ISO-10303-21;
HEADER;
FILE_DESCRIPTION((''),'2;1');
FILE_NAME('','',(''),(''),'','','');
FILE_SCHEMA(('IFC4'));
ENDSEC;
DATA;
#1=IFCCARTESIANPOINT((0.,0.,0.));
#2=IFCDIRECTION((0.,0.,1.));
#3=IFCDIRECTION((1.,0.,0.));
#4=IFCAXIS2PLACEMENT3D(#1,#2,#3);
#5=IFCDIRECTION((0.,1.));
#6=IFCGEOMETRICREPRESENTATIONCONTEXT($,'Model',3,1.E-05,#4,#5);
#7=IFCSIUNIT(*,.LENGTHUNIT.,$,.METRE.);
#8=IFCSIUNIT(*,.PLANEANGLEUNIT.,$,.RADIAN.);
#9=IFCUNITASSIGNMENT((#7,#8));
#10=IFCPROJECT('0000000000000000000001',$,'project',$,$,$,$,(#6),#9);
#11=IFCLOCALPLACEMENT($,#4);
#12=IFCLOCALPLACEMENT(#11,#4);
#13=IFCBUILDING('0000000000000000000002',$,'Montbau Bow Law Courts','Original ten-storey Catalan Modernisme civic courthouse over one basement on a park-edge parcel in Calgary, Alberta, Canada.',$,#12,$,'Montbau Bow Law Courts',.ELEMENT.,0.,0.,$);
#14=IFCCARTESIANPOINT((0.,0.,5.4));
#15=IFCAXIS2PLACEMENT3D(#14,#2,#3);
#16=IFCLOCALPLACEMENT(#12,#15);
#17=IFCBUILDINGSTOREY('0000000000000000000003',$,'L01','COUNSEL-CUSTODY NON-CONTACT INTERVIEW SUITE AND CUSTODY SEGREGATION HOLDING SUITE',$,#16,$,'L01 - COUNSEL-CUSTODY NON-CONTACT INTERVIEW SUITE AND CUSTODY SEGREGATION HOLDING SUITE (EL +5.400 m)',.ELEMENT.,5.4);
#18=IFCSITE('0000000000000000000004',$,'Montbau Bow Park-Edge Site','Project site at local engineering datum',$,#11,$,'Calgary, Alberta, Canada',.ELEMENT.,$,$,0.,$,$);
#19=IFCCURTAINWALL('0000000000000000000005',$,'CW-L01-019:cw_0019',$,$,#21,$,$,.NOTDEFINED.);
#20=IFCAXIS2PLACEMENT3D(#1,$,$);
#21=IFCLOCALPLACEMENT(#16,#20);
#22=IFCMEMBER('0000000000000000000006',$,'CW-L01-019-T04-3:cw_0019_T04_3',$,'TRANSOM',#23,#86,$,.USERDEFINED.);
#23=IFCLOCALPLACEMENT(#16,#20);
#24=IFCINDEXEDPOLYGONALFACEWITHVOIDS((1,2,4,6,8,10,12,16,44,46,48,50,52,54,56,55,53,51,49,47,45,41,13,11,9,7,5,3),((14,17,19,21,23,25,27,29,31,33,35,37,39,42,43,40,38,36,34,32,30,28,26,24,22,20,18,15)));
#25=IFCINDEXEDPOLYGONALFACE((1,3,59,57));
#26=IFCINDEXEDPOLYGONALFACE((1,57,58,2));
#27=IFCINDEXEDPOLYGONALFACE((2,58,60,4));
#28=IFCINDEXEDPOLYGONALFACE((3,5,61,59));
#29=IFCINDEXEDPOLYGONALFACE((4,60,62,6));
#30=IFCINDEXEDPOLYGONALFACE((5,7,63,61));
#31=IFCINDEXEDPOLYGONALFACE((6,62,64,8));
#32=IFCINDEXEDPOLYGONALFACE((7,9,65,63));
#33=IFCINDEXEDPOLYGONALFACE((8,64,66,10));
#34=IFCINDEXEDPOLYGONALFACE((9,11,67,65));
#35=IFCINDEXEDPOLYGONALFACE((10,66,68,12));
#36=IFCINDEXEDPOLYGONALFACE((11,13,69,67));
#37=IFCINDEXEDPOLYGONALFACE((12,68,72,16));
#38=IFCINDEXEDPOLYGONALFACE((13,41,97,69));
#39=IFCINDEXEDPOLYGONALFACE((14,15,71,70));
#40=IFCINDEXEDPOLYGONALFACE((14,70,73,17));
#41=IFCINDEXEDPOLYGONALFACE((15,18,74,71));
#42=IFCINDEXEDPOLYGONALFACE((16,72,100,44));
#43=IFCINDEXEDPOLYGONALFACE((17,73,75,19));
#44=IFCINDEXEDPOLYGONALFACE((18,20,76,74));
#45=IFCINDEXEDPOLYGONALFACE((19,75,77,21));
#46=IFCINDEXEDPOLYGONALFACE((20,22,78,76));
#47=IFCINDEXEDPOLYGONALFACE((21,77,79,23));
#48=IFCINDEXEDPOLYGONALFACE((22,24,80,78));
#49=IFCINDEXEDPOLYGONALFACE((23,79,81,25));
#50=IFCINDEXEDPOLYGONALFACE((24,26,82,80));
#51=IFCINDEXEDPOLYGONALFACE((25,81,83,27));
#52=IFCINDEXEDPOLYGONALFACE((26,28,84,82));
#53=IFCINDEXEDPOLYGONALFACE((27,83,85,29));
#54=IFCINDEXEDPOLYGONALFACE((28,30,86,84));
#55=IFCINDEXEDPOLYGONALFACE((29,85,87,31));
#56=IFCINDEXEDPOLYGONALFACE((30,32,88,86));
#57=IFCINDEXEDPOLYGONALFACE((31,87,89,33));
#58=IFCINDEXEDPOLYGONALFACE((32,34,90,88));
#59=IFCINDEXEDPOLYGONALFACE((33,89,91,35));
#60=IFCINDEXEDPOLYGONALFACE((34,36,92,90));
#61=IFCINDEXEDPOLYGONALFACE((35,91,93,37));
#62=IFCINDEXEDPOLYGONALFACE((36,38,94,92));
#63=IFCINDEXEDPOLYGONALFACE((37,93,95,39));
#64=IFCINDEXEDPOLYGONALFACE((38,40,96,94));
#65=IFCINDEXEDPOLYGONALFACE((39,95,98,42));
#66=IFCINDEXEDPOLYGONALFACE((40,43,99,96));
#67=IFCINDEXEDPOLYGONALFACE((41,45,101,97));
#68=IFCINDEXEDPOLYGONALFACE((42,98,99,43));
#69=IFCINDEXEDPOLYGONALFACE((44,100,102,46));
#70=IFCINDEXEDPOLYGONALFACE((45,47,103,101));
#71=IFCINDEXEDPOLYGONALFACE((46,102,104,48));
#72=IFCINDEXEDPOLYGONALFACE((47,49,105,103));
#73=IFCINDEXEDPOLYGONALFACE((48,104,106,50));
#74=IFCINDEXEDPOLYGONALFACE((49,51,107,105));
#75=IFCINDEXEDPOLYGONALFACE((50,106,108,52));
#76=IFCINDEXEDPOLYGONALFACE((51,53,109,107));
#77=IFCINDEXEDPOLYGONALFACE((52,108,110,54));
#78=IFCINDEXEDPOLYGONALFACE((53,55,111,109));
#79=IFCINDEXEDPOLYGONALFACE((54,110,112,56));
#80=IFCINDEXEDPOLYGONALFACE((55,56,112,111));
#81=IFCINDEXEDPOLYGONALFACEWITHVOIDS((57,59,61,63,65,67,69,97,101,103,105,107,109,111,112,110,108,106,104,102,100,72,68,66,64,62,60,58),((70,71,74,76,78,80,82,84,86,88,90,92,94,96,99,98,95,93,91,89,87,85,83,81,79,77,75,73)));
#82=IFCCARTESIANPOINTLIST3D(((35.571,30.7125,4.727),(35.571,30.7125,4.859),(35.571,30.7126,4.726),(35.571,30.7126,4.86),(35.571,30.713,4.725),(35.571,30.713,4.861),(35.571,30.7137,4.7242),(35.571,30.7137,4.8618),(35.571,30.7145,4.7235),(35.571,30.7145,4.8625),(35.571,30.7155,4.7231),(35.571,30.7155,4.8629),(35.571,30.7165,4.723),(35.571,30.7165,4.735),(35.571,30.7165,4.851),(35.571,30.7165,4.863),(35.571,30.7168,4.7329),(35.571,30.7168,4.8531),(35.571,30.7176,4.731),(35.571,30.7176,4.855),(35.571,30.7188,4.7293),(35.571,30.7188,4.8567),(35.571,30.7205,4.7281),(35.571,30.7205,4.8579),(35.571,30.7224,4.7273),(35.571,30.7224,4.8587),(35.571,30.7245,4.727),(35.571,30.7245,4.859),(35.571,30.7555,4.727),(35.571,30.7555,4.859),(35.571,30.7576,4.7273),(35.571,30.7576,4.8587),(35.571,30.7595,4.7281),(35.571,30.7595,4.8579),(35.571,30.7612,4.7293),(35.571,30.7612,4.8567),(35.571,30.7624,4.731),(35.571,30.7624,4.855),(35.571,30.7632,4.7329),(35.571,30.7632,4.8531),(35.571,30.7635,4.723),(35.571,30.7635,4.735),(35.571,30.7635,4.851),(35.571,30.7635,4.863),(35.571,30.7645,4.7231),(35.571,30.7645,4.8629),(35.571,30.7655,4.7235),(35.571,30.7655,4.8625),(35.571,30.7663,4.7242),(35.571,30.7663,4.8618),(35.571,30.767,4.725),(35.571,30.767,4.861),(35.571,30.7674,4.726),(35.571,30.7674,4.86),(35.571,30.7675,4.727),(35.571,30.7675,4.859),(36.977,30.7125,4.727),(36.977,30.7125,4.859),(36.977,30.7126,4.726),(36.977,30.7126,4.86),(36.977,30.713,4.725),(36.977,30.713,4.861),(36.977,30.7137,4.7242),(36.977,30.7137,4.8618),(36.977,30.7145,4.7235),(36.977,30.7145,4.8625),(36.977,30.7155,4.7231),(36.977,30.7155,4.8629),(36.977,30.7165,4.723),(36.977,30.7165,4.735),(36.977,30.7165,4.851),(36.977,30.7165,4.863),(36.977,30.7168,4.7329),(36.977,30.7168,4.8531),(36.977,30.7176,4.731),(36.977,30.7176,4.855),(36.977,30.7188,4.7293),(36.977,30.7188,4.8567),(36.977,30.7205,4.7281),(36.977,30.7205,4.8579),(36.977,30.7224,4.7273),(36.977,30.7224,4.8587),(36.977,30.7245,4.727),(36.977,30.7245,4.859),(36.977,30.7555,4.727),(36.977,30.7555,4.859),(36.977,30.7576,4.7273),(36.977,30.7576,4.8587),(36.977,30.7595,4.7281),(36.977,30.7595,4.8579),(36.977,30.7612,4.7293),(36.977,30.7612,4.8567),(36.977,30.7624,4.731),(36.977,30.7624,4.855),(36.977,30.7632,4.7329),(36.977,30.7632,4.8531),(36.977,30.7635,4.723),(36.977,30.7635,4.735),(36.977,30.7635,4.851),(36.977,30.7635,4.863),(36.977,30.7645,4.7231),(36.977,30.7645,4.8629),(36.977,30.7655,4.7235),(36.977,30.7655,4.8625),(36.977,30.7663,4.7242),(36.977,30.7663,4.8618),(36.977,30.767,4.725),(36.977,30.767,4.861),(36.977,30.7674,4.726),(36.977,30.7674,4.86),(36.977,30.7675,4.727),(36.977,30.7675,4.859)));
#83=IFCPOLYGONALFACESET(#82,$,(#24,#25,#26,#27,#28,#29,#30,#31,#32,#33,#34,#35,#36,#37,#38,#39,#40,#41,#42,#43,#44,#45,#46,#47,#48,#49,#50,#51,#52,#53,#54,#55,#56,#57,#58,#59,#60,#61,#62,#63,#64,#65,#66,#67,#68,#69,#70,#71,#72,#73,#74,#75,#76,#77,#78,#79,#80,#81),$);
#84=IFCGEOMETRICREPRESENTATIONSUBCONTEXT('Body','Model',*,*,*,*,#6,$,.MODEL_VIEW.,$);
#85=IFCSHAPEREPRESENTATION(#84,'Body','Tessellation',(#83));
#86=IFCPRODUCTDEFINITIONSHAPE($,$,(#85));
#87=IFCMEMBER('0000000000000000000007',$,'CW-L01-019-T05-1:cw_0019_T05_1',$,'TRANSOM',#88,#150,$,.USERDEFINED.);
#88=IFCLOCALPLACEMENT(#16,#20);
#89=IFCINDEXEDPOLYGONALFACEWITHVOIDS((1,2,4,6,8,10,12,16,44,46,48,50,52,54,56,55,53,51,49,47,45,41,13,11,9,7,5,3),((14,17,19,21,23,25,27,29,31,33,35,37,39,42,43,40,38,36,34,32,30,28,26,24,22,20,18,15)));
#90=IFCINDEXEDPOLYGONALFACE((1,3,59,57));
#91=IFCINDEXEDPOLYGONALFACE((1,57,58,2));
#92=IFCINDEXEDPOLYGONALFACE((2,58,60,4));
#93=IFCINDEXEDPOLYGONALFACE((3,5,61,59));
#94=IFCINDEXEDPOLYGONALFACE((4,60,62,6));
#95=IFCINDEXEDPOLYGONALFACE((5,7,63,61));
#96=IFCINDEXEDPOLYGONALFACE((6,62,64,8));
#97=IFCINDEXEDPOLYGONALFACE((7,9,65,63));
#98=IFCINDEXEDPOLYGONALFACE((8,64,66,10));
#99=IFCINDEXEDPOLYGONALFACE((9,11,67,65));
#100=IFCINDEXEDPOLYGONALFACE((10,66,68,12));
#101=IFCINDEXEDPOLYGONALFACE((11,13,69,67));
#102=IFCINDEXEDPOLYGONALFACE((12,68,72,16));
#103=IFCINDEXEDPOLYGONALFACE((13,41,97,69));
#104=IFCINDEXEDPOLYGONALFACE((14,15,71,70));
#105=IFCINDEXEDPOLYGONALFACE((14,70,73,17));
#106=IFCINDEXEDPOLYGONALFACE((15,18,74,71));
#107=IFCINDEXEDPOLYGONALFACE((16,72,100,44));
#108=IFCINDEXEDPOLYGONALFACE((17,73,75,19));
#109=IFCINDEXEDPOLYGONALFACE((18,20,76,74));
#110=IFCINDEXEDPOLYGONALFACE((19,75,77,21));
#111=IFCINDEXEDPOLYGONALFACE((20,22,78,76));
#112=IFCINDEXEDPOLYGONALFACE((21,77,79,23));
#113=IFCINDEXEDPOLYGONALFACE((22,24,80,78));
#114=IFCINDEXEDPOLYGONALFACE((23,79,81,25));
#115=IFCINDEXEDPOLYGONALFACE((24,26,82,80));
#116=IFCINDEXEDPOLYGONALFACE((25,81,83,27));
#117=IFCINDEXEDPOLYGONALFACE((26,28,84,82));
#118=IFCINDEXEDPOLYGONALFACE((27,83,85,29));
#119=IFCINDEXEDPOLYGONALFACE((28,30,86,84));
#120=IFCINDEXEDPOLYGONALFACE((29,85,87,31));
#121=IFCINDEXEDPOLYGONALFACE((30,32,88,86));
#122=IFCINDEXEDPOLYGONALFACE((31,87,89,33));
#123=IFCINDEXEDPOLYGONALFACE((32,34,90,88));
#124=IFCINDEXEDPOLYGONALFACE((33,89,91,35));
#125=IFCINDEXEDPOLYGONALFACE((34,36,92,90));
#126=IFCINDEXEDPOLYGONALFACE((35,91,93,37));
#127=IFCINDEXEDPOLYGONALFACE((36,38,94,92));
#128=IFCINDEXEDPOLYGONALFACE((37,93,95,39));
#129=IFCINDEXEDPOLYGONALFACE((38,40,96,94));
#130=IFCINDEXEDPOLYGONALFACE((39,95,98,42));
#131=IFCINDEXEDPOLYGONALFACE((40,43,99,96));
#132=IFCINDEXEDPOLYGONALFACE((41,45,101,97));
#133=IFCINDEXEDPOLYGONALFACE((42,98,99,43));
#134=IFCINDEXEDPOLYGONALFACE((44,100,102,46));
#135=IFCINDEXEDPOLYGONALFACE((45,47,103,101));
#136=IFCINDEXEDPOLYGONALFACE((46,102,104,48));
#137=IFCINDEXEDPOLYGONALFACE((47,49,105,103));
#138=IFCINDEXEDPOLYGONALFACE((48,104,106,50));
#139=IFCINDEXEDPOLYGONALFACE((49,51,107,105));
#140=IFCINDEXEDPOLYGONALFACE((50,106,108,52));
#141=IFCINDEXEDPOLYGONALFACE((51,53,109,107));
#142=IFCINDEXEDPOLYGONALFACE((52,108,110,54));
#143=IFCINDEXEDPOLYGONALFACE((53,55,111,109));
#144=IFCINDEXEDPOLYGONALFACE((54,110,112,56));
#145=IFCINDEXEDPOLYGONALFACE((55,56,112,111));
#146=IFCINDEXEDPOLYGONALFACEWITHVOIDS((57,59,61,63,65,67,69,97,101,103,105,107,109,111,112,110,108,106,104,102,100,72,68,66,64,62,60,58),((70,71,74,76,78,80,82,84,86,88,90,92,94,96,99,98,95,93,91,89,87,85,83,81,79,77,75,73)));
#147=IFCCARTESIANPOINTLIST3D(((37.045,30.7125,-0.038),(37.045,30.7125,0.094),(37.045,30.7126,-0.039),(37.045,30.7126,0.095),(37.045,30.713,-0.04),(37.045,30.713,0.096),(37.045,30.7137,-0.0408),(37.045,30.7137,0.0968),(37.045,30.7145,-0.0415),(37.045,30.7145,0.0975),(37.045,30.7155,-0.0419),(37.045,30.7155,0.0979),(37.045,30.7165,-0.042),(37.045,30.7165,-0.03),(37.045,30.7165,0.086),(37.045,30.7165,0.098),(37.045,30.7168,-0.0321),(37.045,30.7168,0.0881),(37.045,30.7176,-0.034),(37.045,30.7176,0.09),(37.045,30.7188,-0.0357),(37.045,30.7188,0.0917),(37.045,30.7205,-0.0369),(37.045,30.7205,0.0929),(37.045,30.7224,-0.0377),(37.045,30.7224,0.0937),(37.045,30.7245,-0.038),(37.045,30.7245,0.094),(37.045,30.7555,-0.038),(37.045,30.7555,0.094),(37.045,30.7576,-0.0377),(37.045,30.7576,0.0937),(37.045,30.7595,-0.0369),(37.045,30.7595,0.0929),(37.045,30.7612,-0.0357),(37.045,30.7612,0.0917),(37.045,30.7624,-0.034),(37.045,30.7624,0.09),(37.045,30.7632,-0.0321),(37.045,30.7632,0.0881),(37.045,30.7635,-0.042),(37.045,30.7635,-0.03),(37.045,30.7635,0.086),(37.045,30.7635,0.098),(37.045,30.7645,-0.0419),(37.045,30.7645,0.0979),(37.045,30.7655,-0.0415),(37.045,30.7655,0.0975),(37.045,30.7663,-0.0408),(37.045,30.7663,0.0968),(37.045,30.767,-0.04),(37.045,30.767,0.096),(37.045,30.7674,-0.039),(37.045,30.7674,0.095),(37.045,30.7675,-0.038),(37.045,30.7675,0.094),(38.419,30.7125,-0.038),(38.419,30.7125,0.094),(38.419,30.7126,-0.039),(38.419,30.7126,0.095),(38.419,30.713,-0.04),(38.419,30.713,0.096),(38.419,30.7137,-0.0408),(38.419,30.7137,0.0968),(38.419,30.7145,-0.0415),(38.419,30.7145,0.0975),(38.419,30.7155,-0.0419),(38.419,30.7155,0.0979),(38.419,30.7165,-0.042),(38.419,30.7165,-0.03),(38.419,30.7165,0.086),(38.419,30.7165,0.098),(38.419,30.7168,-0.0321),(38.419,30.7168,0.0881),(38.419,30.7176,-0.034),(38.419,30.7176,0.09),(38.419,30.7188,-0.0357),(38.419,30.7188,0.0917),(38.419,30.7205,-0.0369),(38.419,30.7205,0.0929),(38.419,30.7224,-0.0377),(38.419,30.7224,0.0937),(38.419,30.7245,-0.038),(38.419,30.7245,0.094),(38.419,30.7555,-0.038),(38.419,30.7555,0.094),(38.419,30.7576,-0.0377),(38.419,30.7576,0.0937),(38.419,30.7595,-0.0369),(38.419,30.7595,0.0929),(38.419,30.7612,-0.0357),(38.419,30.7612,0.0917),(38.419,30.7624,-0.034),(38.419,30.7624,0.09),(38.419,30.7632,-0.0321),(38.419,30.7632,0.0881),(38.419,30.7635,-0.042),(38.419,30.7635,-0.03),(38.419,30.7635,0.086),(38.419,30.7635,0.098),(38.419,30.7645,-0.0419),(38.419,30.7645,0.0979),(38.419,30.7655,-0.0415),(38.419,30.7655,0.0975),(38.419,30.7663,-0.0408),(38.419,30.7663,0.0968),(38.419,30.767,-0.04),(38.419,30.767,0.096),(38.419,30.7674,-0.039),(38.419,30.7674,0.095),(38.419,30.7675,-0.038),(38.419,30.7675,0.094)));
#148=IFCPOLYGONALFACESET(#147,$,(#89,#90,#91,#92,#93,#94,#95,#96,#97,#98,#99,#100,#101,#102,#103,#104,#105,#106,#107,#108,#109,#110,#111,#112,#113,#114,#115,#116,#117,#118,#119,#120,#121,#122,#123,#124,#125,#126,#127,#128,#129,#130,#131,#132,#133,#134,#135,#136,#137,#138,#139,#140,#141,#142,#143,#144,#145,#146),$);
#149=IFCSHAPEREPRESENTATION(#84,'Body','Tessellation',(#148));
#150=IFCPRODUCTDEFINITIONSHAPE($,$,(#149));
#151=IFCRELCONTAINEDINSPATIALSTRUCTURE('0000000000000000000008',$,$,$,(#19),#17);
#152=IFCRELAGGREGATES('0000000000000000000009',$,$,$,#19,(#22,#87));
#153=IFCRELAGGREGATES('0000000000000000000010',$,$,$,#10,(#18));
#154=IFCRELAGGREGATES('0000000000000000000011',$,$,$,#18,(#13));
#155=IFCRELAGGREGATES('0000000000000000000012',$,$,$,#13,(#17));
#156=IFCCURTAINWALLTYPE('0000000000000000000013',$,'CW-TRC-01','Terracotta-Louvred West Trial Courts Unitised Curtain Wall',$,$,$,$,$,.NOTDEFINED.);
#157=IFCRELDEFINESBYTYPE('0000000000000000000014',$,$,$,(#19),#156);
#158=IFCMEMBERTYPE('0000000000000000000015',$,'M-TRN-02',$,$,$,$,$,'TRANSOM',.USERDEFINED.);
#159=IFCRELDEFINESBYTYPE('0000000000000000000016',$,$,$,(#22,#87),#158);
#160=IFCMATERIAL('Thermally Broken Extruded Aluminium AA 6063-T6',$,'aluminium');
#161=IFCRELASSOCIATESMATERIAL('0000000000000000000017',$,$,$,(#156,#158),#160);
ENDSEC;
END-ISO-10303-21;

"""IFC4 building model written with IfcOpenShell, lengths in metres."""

from ifc_helpers import new_model, si_unit, direction, frame, origin_with_axes, origin_2d_with_axis, place, context, subcontext, project, spatial, hollow_rectangle, extrude, material, material_profile, profile_set, type_object, element, aggregate, save


model = new_model("IFC4")

# Units and contexts
model_context = context("Model", 3, precision=1e-05, world=origin_with_axes(), true_north=direction((0.0, 1.0)))
body_context = subcontext(model_context, "Body", "Model", "MODEL_VIEW")
ifc_project = project(units=[si_unit("LENGTHUNIT", "METRE"), si_unit("PLANEANGLEUNIT", "RADIAN")], contexts=[model_context])

# Site, building, storey
site_placement = place(None, origin_with_axes())
site = spatial("IfcSite", under=ifc_project, at=site_placement, Name="Montbau Bow Park-Edge Site", Description="Project site at local engineering datum", LongName="Calgary, Alberta, Canada", CompositionType="ELEMENT", RefElevation=0.0)
building_placement = place(site_placement, origin_with_axes())
building = spatial("IfcBuilding", under=site, at=building_placement, Name="Montbau Bow Law Courts", Description="Original ten-storey Catalan Modernisme civic courthouse over one basement on a park-edge parcel in Calgary, Alberta, Canada.", LongName="Montbau Bow Law Courts", CompositionType="ELEMENT", ElevationOfRefHeight=0.0, ElevationOfTerrain=0.0)
storey_placement = place(building_placement, frame((0.0, 0.0, 5.4), z_axis=(0.0, 0.0, 1.0), x_axis=(1.0, 0.0, 0.0)))
storey = spatial("IfcBuildingStorey", under=building, at=storey_placement, Name="L01", Description="COUNSEL-CUSTODY NON-CONTACT INTERVIEW SUITE AND CUSTODY SEGREGATION HOLDING SUITE", LongName="L01 - COUNSEL-CUSTODY NON-CONTACT INTERVIEW SUITE AND CUSTODY SEGREGATION HOLDING SUITE (EL +5.400 m)", CompositionType="ELEMENT", Elevation=5.4)

# Curtain wall
ifc_material_1 = material(Name="Thermally Broken Extruded Aluminium AA 6063-T6", Category="aluminium")
curtain_wall_type = type_object("IfcCurtainWallType", Name="CW-TRC-01", Description="Terracotta-Louvred West Trial Courts Unitised Curtain Wall", PredefinedType="NOTDEFINED", material=ifc_material_1)
curtain_wall_1_placement = place(None, frame((31.115, 30.74, 5.4), z_axis=(0.0, 0.0, 1.0), x_axis=(1.0, 0.0, 0.0)))
curtain_wall_1 = element("IfcCurtainWall", 1, at=curtain_wall_1_placement, inside=storey, type_object=curtain_wall_type, Name="CW-L01-019:cw_0019", PredefinedType="NOTDEFINED")

# Members
ifc_material_profile_1 = material_profile(ifc_material_1, hollow_rectangle(XDim=0.055, YDim=0.14, WallThickness=0.004, InnerFilletRadius=0.008, OuterFilletRadius=0.004, at=origin_2d_with_axis()), Name="CWT-140X55", Category="Main", Priority=0)
ifc_profile_set_1 = profile_set([ifc_material_profile_1], Name="Thermally Broken Extruded Aluminium AA 6063-T6")
member_type_1 = type_object("IfcMemberType", Name="M-TRN-02", ElementType="TRANSOM", PredefinedType="USERDEFINED", material=ifc_profile_set_1)
member_1_placement = place(None, frame((35.571, 30.74, 10.193), z_axis=(1.0, 0.0, 0.0), x_axis=(0.0, 1.0, 0.0)))
member_1 = element("IfcMember", 2, at=member_1_placement, type_object=member_type_1, Name="CW-L01-019-T04-3:cw_0019_T04_3", ObjectType="TRANSOM", PredefinedType="USERDEFINED", context=body_context, shape_type="SweptSolid", body=[
    extrude(hollow_rectangle(XDim=0.055, YDim=0.14, WallThickness=0.004, InnerFilletRadius=0.008, OuterFilletRadius=0.004, at=origin_2d_with_axis()), origin_with_axes(), (0.0, 0.0, 1.0), 1.406),
])
member_2_placement = place(None, frame((37.045, 30.74, 5.428), z_axis=(1.0, 0.0, 0.0), x_axis=(0.0, 1.0, 0.0)))
member_2 = element("IfcMember", 3, at=member_2_placement, type_object=member_type_1, Name="CW-L01-019-T05-1:cw_0019_T05_1", ObjectType="TRANSOM", PredefinedType="USERDEFINED", context=body_context, shape_type="SweptSolid", body=[
    extrude(hollow_rectangle(XDim=0.055, YDim=0.14, WallThickness=0.004, InnerFilletRadius=0.008, OuterFilletRadius=0.004, at=origin_2d_with_axis()), origin_with_axes(), (0.0, 0.0, 1.0), 1.374),
])

aggregate(curtain_wall_1, [member_1, member_2])

save(model, "model.ifc")
